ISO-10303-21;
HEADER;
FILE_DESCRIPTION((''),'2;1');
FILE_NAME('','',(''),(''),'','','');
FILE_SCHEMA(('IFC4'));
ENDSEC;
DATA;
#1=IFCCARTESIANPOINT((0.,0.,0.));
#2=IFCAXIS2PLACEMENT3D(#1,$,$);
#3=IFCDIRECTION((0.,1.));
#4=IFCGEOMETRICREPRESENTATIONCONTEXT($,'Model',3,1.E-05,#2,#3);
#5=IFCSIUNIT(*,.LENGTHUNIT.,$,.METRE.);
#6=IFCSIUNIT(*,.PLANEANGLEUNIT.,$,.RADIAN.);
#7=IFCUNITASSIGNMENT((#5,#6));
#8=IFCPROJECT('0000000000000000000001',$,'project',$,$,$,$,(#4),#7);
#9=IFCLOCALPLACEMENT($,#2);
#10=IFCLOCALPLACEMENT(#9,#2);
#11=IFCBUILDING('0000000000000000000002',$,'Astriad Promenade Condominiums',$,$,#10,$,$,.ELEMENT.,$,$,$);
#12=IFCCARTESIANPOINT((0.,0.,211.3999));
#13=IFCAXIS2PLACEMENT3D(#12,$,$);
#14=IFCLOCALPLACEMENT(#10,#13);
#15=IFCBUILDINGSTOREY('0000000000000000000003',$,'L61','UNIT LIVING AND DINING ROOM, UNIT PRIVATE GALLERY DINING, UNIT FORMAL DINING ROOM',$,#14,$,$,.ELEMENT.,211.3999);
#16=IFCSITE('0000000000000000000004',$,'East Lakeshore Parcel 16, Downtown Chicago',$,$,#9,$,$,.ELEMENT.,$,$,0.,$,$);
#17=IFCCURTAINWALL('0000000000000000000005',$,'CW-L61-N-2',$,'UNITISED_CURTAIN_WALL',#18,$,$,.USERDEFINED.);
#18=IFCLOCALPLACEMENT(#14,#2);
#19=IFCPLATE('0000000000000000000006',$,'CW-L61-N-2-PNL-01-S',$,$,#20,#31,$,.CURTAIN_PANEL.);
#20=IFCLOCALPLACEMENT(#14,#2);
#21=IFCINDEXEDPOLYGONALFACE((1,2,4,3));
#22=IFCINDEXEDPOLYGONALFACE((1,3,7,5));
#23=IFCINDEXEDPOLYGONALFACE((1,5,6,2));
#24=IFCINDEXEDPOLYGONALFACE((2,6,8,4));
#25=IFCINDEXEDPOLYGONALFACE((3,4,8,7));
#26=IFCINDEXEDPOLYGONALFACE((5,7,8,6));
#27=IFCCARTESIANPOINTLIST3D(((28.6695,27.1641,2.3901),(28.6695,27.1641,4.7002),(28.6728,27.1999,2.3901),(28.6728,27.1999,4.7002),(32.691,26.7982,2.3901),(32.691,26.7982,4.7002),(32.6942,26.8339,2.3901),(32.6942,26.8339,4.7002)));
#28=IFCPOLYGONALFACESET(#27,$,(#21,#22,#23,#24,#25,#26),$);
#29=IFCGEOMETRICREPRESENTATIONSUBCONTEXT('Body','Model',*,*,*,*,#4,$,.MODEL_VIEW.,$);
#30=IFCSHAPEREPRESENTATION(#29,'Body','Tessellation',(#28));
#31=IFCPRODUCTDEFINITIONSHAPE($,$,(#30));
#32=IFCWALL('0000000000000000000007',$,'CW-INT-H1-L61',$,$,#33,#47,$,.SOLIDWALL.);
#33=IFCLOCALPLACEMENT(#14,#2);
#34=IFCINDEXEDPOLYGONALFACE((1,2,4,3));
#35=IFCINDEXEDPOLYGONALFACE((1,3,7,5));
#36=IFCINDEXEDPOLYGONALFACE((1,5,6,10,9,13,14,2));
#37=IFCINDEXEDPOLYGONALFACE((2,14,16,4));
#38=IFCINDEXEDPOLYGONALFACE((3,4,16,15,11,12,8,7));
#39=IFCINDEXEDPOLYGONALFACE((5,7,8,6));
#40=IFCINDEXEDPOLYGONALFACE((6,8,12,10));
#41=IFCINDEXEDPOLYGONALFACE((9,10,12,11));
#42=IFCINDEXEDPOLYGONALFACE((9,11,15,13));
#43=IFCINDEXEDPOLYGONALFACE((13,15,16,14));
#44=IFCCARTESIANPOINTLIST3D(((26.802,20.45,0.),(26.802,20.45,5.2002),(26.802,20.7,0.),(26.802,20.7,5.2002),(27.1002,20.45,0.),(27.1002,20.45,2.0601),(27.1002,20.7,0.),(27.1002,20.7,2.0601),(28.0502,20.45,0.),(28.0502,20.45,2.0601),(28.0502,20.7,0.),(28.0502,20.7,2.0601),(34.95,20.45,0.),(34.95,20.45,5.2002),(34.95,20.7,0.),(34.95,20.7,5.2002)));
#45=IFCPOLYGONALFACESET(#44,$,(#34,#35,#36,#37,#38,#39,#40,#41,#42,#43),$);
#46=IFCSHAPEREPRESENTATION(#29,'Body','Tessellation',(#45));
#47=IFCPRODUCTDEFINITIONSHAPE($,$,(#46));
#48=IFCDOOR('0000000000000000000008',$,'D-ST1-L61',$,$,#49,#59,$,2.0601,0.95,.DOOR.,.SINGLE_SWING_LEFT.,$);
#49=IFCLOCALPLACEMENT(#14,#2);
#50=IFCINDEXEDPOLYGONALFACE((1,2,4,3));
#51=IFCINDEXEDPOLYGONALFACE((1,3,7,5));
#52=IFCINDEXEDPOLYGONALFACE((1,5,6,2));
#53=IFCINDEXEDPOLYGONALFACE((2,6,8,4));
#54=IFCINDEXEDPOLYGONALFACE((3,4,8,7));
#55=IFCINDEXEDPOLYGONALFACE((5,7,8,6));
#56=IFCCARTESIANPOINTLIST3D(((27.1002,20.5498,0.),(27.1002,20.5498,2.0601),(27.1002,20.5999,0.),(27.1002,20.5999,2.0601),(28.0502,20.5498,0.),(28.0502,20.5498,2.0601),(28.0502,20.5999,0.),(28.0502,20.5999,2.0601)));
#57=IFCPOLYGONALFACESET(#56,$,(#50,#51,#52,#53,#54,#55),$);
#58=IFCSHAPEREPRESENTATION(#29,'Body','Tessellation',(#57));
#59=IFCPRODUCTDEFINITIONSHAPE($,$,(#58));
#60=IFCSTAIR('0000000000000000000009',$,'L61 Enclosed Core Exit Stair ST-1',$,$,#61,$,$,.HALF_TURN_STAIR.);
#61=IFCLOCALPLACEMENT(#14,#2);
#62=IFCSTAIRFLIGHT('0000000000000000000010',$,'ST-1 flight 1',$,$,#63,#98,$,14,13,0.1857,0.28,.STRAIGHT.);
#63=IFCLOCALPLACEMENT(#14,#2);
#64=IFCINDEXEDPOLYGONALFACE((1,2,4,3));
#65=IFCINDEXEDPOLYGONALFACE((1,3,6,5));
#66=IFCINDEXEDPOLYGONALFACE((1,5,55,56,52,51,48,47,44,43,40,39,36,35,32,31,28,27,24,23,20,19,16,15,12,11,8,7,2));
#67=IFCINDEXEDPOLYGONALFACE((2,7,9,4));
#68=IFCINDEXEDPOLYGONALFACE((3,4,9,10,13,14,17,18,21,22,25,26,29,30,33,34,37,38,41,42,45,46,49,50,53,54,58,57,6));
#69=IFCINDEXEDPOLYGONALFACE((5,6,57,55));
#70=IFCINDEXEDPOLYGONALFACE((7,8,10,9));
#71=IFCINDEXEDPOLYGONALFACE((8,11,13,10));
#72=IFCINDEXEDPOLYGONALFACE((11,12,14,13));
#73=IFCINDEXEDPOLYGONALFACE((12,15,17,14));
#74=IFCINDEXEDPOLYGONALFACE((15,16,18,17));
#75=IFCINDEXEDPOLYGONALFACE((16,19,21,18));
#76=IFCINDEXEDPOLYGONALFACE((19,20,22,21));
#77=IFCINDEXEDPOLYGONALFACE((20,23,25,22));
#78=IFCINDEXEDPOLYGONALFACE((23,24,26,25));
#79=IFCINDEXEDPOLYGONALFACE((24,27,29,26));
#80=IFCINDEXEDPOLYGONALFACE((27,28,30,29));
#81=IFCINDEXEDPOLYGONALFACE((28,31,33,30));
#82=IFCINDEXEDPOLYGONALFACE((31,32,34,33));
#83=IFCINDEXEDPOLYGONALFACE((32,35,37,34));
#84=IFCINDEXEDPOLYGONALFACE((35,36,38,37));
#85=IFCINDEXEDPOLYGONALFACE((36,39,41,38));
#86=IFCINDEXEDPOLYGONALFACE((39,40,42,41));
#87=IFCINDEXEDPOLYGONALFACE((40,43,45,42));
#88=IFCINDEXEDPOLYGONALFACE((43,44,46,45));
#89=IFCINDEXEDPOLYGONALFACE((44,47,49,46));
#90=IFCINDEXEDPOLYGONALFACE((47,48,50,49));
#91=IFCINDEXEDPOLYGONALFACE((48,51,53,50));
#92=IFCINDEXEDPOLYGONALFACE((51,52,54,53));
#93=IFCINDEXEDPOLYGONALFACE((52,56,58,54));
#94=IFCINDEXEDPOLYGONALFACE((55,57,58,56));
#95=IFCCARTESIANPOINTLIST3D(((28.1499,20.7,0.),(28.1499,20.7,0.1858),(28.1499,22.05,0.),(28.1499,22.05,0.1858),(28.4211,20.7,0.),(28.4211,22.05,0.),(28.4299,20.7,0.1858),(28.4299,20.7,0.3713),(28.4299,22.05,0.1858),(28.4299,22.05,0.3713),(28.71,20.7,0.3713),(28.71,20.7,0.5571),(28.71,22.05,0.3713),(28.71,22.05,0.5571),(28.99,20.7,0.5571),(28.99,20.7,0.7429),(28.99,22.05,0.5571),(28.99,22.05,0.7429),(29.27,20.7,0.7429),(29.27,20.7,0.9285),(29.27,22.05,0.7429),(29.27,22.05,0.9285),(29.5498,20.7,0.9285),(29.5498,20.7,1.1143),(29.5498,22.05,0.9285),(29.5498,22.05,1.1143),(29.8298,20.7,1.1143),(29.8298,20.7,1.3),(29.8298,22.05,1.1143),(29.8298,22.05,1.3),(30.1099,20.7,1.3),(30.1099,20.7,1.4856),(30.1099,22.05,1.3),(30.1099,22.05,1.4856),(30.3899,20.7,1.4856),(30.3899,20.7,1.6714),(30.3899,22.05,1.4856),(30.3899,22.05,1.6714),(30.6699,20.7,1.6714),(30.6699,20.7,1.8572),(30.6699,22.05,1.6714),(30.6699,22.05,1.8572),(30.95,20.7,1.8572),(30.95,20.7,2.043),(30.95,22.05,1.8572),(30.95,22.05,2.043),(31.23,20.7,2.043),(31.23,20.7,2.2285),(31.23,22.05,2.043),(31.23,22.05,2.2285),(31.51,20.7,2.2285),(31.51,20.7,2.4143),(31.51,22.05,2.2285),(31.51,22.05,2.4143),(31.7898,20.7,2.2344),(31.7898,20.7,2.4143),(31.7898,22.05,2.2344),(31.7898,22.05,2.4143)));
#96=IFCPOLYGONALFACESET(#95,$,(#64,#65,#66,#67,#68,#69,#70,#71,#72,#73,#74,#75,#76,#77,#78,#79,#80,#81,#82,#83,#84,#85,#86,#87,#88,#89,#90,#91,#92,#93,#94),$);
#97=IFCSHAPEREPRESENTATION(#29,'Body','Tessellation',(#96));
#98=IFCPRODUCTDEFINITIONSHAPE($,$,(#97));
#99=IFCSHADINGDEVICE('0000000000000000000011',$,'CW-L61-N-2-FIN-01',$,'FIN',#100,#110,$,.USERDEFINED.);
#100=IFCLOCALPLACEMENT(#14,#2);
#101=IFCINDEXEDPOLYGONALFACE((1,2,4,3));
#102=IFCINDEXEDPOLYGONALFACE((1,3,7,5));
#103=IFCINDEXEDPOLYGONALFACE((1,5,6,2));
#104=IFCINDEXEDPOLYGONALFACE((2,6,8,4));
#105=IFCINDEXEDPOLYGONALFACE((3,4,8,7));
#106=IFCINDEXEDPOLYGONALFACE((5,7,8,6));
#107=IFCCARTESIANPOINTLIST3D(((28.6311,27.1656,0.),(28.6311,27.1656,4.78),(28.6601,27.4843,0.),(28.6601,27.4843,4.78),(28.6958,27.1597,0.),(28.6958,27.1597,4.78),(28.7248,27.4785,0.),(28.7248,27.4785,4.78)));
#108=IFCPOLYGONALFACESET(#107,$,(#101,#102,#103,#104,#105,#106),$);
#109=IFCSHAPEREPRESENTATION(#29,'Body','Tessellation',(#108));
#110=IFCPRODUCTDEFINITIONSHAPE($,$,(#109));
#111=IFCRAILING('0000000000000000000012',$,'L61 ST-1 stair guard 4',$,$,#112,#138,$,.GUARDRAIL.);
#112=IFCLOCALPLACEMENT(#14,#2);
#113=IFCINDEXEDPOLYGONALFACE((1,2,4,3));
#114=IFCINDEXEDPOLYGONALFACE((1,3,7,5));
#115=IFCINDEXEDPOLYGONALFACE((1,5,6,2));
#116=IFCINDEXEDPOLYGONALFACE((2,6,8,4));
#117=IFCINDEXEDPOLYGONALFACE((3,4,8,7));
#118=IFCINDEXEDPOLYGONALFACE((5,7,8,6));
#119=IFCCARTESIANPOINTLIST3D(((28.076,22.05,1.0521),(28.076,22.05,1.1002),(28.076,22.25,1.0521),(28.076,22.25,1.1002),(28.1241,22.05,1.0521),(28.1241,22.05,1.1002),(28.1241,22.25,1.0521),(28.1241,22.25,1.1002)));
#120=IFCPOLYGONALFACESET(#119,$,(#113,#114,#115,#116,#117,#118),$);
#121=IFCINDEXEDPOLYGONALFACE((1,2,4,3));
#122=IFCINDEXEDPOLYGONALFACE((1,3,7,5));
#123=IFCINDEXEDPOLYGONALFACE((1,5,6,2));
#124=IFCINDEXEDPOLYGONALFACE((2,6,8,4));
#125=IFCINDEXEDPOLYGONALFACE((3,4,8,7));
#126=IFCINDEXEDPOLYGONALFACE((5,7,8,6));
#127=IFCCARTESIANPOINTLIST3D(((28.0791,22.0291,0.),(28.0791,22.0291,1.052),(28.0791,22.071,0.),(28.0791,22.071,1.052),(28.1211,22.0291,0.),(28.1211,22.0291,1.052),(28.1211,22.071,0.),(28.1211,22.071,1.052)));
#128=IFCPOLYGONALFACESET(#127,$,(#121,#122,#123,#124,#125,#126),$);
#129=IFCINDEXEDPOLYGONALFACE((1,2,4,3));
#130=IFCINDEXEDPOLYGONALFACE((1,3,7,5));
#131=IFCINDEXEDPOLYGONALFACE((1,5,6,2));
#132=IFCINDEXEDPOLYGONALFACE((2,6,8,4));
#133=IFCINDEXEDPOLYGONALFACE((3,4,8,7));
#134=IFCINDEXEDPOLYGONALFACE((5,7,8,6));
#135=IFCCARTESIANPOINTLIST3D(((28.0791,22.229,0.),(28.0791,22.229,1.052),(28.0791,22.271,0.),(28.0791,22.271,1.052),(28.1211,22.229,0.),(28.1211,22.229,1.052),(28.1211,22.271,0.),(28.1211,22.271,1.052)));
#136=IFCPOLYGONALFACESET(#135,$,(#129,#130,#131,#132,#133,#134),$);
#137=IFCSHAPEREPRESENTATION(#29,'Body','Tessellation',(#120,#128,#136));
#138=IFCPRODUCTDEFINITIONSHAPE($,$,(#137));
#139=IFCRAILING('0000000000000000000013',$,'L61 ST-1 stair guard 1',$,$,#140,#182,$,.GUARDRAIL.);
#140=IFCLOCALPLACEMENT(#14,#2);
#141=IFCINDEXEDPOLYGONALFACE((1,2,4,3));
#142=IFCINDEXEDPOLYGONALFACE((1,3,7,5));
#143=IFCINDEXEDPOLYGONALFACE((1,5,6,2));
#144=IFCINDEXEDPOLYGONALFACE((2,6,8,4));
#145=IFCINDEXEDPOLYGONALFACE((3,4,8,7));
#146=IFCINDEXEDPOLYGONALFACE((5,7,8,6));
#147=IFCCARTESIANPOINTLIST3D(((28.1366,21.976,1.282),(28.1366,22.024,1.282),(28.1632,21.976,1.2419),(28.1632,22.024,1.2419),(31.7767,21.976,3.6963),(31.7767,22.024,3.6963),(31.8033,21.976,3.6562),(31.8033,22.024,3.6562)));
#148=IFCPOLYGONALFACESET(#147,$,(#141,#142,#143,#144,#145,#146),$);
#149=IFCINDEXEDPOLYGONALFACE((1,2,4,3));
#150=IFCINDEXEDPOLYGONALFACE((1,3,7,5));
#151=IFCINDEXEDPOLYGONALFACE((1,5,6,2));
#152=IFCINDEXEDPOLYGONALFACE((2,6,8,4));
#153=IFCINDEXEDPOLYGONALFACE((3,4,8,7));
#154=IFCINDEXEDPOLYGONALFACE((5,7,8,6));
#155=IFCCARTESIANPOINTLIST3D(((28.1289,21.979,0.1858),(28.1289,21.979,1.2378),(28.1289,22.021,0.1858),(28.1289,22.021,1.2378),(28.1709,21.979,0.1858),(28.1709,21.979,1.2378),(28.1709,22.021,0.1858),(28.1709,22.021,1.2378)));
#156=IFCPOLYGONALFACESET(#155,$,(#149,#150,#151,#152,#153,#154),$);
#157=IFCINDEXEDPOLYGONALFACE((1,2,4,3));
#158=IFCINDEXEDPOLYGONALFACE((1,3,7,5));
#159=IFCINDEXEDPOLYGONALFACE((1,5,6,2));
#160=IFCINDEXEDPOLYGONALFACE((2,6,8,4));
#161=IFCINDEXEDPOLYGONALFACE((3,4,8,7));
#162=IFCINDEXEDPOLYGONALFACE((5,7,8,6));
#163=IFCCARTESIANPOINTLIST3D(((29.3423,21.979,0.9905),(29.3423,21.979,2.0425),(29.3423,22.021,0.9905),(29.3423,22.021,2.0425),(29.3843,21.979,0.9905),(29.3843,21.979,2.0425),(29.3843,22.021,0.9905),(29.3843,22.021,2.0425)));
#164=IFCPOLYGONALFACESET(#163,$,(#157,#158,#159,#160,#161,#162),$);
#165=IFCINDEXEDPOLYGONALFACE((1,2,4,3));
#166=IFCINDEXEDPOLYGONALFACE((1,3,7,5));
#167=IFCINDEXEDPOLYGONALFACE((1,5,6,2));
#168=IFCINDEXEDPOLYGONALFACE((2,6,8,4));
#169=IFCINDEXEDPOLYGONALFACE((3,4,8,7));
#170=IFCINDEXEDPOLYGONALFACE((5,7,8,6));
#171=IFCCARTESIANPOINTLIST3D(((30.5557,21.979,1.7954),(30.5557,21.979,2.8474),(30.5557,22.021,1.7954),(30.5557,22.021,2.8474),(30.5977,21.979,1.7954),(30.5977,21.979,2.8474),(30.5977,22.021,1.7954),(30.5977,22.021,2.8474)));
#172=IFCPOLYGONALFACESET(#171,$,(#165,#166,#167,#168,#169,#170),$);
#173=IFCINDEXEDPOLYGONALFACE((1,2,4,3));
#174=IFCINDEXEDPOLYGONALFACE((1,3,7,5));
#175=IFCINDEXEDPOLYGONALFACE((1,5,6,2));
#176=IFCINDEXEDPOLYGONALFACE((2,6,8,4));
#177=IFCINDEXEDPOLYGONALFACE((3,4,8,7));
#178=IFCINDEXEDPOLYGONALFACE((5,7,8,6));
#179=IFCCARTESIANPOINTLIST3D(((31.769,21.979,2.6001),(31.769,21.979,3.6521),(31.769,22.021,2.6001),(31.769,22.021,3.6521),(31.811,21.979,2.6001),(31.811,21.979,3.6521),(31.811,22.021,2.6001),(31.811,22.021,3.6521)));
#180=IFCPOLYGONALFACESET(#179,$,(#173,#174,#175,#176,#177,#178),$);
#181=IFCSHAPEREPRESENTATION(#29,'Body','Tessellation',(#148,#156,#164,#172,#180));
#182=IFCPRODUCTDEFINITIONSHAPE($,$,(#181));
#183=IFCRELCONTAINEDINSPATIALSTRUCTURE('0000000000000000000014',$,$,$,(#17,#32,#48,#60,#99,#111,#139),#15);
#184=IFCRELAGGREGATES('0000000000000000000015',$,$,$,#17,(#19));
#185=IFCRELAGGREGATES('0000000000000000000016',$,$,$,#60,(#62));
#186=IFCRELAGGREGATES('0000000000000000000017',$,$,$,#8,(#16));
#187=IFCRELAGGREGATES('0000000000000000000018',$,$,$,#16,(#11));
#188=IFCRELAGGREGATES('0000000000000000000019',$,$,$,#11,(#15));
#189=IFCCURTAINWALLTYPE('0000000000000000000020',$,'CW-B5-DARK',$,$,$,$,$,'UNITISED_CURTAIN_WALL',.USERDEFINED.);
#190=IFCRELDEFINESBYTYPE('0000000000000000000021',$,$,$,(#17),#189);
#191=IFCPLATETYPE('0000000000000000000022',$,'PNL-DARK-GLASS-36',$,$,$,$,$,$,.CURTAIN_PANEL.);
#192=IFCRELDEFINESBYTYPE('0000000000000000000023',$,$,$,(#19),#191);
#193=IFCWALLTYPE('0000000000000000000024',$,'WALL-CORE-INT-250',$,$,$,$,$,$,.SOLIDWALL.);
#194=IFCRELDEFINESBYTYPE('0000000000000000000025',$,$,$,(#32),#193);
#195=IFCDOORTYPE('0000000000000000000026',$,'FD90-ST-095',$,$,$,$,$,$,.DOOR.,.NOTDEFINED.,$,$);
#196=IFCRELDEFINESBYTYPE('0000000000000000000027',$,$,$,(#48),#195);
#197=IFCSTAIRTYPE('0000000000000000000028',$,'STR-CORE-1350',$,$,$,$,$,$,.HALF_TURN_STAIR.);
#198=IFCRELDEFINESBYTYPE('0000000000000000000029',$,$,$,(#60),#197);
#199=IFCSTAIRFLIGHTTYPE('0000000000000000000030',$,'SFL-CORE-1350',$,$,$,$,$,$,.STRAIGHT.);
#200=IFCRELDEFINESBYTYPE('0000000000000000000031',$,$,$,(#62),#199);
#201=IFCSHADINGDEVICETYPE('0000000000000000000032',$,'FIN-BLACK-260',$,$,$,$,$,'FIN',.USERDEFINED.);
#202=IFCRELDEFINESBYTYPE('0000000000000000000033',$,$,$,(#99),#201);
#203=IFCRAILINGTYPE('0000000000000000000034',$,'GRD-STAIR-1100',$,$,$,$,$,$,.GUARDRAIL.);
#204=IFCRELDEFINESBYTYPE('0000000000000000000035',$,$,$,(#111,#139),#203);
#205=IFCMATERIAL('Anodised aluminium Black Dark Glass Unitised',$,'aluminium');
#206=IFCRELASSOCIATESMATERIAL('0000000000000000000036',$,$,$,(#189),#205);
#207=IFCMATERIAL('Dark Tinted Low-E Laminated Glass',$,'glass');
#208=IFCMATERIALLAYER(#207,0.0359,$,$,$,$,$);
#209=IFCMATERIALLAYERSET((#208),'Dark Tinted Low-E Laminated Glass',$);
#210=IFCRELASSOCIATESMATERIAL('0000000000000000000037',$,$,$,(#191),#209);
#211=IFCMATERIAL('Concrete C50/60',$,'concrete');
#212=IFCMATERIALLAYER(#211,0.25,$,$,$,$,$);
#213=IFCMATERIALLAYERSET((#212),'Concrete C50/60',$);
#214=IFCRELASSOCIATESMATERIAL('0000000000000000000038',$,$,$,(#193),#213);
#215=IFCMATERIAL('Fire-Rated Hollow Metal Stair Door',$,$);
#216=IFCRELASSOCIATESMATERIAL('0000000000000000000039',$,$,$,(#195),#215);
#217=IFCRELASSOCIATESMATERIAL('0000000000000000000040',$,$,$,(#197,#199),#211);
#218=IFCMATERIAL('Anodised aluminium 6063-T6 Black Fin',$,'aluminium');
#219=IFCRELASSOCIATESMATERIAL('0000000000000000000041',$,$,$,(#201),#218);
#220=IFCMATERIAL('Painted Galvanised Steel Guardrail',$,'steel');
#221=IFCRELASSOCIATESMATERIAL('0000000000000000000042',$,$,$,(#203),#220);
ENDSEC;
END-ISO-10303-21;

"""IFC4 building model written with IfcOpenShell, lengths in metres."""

from ifc_helpers import new_model, si_unit, direction, frame, frame_2d, origin, origin_2d, place, context, subcontext, project, spatial, polyline, rectangle, outline, extrude, source, transform, mapped, material, layer, layer_set, type_object, type_shapes, element, fill, aggregate, save


model = new_model("IFC4")

# Units and contexts
model_context = context("Model", 3, precision=1e-05, world=origin(), true_north=direction((0.0, 1.0)))
body_context = subcontext(model_context, "Body", "Model", "MODEL_VIEW")
ifc_project = project(units=[si_unit("LENGTHUNIT", "METRE"), si_unit("PLANEANGLEUNIT", "RADIAN")], contexts=[model_context])

# Site, building, storey
site_placement = place(None, origin())
site = spatial("IfcSite", under=ifc_project, at=site_placement, Name="East Lakeshore Parcel 16, Downtown Chicago", CompositionType="ELEMENT", RefElevation=0.0)
building_placement = place(site_placement, origin())
building = spatial("IfcBuilding", under=site, at=building_placement, Name="Astriad Promenade Condominiums", CompositionType="ELEMENT")
storey_placement = place(building_placement, frame((0.0, 0.0, 211.3999)))
storey = spatial("IfcBuildingStorey", under=building, at=storey_placement, Name="L61", Description="UNIT LIVING AND DINING ROOM, UNIT PRIVATE GALLERY DINING, UNIT FORMAL DINING ROOM", CompositionType="ELEMENT", Elevation=211.3999)

# Curtain wall
ifc_material_1 = material(Name="Anodised aluminium Black Dark Glass Unitised", Category="aluminium")
curtain_wall_type = type_object("IfcCurtainWallType", Name="CW-B5-DARK", ElementType="UNITISED_CURTAIN_WALL", PredefinedType="USERDEFINED", material=ifc_material_1)
curtain_wall_placement = place(storey_placement, origin())
curtain_wall = element("IfcCurtainWall", 1, at=curtain_wall_placement, inside=storey, type_object=curtain_wall_type, Name="CW-L61-N-2", ObjectType="UNITISED_CURTAIN_WALL", PredefinedType="USERDEFINED")

# Plate
ifc_material_2 = material(Name="Dark Tinted Low-E Laminated Glass", Category="glass")
ifc_layer_1 = layer(ifc_material_2, 0.0359)
ifc_layer_set_1 = layer_set([ifc_layer_1], Name="Dark Tinted Low-E Laminated Glass")
plate_type_1 = type_object("IfcPlateType", Name="PNL-DARK-GLASS-36", PredefinedType="CURTAIN_PANEL", material=ifc_layer_set_1)
shared_shape_1 = source(origin(), body_context, "Body", "SweptSolid", [
    extrude(rectangle(XDim=4.0381, YDim=0.0359, at=origin_2d()), origin(), (0.0, 0.0, 1.0), 2.3101),
])
plate_1_placement = place(storey_placement, frame((30.6819, 26.999, 2.3901), z_axis=(0.0, 0.0, 1.0), x_axis=(0.995884, -0.090633, 0.0)))
plate_1 = element("IfcPlate", 2, at=plate_1_placement, type_object=plate_type_1, Name="CW-L61-N-2-PNL-01-S", PredefinedType="CURTAIN_PANEL", context=body_context, shape_type="MappedRepresentation", body=[
    mapped(shared_shape_1, transform((0.0, 0.0, 0.0), scale=1.0)),
])
aggregate(curtain_wall, [plate_1])

# Wall, opening, door
ifc_material_3 = material(Name="Concrete C50/60", Category="concrete")
ifc_layer_2 = layer(ifc_material_3, 0.25)
ifc_layer_set_2 = layer_set([ifc_layer_2], Name="Concrete C50/60")
wall_type = type_object("IfcWallType", Name="WALL-CORE-INT-250", PredefinedType="SOLIDWALL", material=ifc_layer_set_2)
wall_placement = place(storey_placement, frame((26.802, 20.575, 0.0), z_axis=(0.0, 0.0, 1.0), x_axis=(1.0, 0.0, 0.0)))
wall = element("IfcWall", 3, at=wall_placement, inside=storey, type_object=wall_type, Name="CW-INT-H1-L61", PredefinedType="SOLIDWALL", context=body_context, shape_type="SweptSolid", body=[
    extrude(rectangle(XDim=8.1479, YDim=0.25, at=frame_2d((4.074, 0.0))), origin(), (0.0, 0.0, 1.0), 5.2002),
])
opening_placement = place(wall_placement, frame((0.2981, 0.0, 0.0)))
opening = element("IfcOpeningElement", 4, at=opening_placement, cuts=wall, PredefinedType="OPENING", context=body_context, shape_type="SweptSolid", body=[
    extrude(rectangle(XDim=0.95, YDim=2.0601, at=frame_2d((0.4751, 1.03))), frame((0.0, 0.135, 0.0), z_axis=(0.0, -1.0, 0.0), x_axis=(1.0, 0.0, 0.0)), (0.0, 0.0, 1.0), 0.27),
])
ifc_material_4 = material(Name="Fire-Rated Hollow Metal Stair Door")
door_type = type_object("IfcDoorType", Name="FD90-ST-095", OperationType="NOTDEFINED", PredefinedType="DOOR", material=ifc_material_4)
shared_shape_2 = source(origin(), body_context, "Body", "SweptSolid", [
    extrude(rectangle(XDim=0.95, YDim=2.0601, at=frame_2d((0.4751, 1.03))), frame((0.0, 0.0249, 0.0), z_axis=(0.0, -1.0, 0.0), x_axis=(1.0, 0.0, 0.0)), (0.0, 0.0, 1.0), 0.05),
])
type_shapes(door_type, [shared_shape_2])
door_placement = place(opening_placement, origin())
door = element("IfcDoor", 5, at=door_placement, inside=storey, type_object=door_type, Name="D-ST1-L61", OperationType="SINGLE_SWING_LEFT", OverallHeight=2.0601, OverallWidth=0.95, PredefinedType="DOOR", context=body_context, shape_type="MappedRepresentation", body=[
    mapped(shared_shape_2, transform((0.0, 0.0, 0.0), scale=1.0)),
])
fill(opening, door)

# Stair, stair flight
stair_type = type_object("IfcStairType", Name="STR-CORE-1350", PredefinedType="HALF_TURN_STAIR", material=ifc_material_3)
stair_placement = place(storey_placement, origin())
stair = element("IfcStair", 6, at=stair_placement, inside=storey, type_object=stair_type, Name="L61 Enclosed Core Exit Stair ST-1", PredefinedType="HALF_TURN_STAIR")
stair_flight_type = type_object("IfcStairFlightType", Name="SFL-CORE-1350", PredefinedType="STRAIGHT", material=ifc_material_3)
shared_shape_3 = source(origin(), body_context, "Body", "SweptSolid", [
    extrude(outline(polyline([(0.0, 0.0), (0.0, 0.1858), (0.28, 0.1858), (0.28, 0.3713), (0.5601, 0.3713), (0.5601, 0.5571), (0.8401, 0.5571), (0.8401, 0.7429), (1.1201, 0.7429), (1.1201, 0.9285), (1.3999, 0.9285), (1.3999, 1.1143), (1.6799, 1.1143), (1.6799, 1.3), (1.96, 1.3), (1.96, 1.4856), (2.24, 1.4856), (2.24, 1.6714), (2.52, 1.6714), (2.52, 1.8572), (2.8, 1.8572), (2.8, 2.043), (3.0801, 2.043), (3.0801, 2.2285), (3.3601, 2.2285), (3.3601, 2.4143), (3.6399, 2.4143), (3.6399, 2.6001), (3.6399, 2.2344), (0.2712, 0.0), (0.0, 0.0)])), frame((0.0, 0.675, 0.0), z_axis=(0.0, -1.0, 0.0), x_axis=(1.0, 0.0, 0.0)), (0.0, 0.0, 1.0), 1.3501),
])
type_shapes(stair_flight_type, [shared_shape_3])
stair_flight_placement = place(storey_placement, frame((28.1499, 21.375, 0.0), z_axis=(0.0, 0.0, 1.0), x_axis=(1.0, 0.0, 0.0)))
stair_flight = element("IfcStairFlight", 7, at=stair_flight_placement, type_object=stair_flight_type, Name="ST-1 flight 1", NumberOfRisers=14, NumberOfTreads=13, PredefinedType="STRAIGHT", RiserHeight=0.1857, TreadLength=0.28, context=body_context, shape_type="MappedRepresentation", body=[
    mapped(shared_shape_3, transform((0.0, 0.0, 0.0), scale=1.0)),
])
aggregate(stair, [stair_flight])

# Shading device
ifc_material_5 = material(Name="Anodised aluminium 6063-T6 Black Fin", Category="aluminium")
shading_device_type = type_object("IfcShadingDeviceType", Name="FIN-BLACK-260", ElementType="FIN", PredefinedType="USERDEFINED", material=ifc_material_5)
shared_shape_4 = source(origin(), body_context, "Body", "SweptSolid", [
    extrude(rectangle(XDim=0.0649, YDim=0.3201, at=origin_2d()), origin(), (0.0, 0.0, 1.0), 4.78),
])
type_shapes(shading_device_type, [shared_shape_4])
shading_device_placement = place(storey_placement, frame((28.678, 27.322, 0.0), z_axis=(0.0, 0.0, 1.0), x_axis=(0.995884, -0.090633, 0.0)))
element("IfcShadingDevice", 8, at=shading_device_placement, inside=storey, type_object=shading_device_type, Name="CW-L61-N-2-FIN-01", ObjectType="FIN", PredefinedType="USERDEFINED", context=body_context, shape_type="MappedRepresentation", body=[
    mapped(shared_shape_4, transform((0.0, 0.0, 0.0), scale=1.0)),
])

# Railings
ifc_material_6 = material(Name="Painted Galvanised Steel Guardrail", Category="steel")
railing_type_1 = type_object("IfcRailingType", Name="GRD-STAIR-1100", PredefinedType="GUARDRAIL", material=ifc_material_6)
shared_shape_5 = source(origin(), body_context, "Body", "SweptSolid", [
    extrude(rectangle(XDim=0.0481, YDim=0.0481, at=origin_2d()), frame((0.0, 0.0, 1.0762), z_axis=(0.0, 1.0, 0.0), x_axis=(-1.0, 0.0, 0.0)), (0.0, 0.0, 1.0), 0.2),
    extrude(rectangle(XDim=0.042, YDim=0.042, at=origin_2d()), origin(), (0.0, 0.0, 1.0), 1.052),
    extrude(rectangle(XDim=0.042, YDim=0.042, at=origin_2d()), frame((0.0, 0.2, 0.0)), (0.0, 0.0, 1.0), 1.052),
])
railing_1_placement = place(storey_placement, frame((28.1001, 22.05, 0.0)))
element("IfcRailing", 9, at=railing_1_placement, inside=storey, type_object=railing_type_1, Name="L61 ST-1 stair guard 4", PredefinedType="GUARDRAIL", context=body_context, shape_type="MappedRepresentation", body=[
    mapped(shared_shape_5, transform((0.0, 0.0, 0.0), scale=1.0)),
])
shared_shape_6 = source(origin(), body_context, "Body", "SweptSolid", [
    extrude(rectangle(XDim=0.0481, YDim=0.0481, at=origin_2d()), frame((0.0, 0.0, 1.0762), z_axis=(0.833364, 0.0, 0.552725), x_axis=(0.0, 1.0, 0.0)), (0.0, 0.0, 1.0), 4.3679),
    extrude(rectangle(XDim=0.042, YDim=0.042, at=origin_2d()), origin(), (0.0, 0.0, 1.0), 1.052),
    extrude(rectangle(XDim=0.042, YDim=0.042, at=origin_2d()), frame((1.2134, 0.0, 0.8047)), (0.0, 0.0, 1.0), 1.052),
    extrude(rectangle(XDim=0.042, YDim=0.042, at=origin_2d()), frame((2.4268, 0.0, 1.6096)), (0.0, 0.0, 1.0), 1.052),
    extrude(rectangle(XDim=0.042, YDim=0.042, at=origin_2d()), frame((3.6401, 0.0, 2.4143)), (0.0, 0.0, 1.0), 1.052),
])
type_shapes(railing_type_1, [shared_shape_5, shared_shape_6])
railing_2_placement = place(storey_placement, frame((28.1499, 22.0, 0.1858)))
element("IfcRailing", 10, at=railing_2_placement, inside=storey, type_object=railing_type_1, Name="L61 ST-1 stair guard 1", PredefinedType="GUARDRAIL", context=body_context, shape_type="MappedRepresentation", body=[
    mapped(shared_shape_6, transform((0.0, 0.0, 0.0), scale=1.0)),
])

save(model, "model.ifc")
